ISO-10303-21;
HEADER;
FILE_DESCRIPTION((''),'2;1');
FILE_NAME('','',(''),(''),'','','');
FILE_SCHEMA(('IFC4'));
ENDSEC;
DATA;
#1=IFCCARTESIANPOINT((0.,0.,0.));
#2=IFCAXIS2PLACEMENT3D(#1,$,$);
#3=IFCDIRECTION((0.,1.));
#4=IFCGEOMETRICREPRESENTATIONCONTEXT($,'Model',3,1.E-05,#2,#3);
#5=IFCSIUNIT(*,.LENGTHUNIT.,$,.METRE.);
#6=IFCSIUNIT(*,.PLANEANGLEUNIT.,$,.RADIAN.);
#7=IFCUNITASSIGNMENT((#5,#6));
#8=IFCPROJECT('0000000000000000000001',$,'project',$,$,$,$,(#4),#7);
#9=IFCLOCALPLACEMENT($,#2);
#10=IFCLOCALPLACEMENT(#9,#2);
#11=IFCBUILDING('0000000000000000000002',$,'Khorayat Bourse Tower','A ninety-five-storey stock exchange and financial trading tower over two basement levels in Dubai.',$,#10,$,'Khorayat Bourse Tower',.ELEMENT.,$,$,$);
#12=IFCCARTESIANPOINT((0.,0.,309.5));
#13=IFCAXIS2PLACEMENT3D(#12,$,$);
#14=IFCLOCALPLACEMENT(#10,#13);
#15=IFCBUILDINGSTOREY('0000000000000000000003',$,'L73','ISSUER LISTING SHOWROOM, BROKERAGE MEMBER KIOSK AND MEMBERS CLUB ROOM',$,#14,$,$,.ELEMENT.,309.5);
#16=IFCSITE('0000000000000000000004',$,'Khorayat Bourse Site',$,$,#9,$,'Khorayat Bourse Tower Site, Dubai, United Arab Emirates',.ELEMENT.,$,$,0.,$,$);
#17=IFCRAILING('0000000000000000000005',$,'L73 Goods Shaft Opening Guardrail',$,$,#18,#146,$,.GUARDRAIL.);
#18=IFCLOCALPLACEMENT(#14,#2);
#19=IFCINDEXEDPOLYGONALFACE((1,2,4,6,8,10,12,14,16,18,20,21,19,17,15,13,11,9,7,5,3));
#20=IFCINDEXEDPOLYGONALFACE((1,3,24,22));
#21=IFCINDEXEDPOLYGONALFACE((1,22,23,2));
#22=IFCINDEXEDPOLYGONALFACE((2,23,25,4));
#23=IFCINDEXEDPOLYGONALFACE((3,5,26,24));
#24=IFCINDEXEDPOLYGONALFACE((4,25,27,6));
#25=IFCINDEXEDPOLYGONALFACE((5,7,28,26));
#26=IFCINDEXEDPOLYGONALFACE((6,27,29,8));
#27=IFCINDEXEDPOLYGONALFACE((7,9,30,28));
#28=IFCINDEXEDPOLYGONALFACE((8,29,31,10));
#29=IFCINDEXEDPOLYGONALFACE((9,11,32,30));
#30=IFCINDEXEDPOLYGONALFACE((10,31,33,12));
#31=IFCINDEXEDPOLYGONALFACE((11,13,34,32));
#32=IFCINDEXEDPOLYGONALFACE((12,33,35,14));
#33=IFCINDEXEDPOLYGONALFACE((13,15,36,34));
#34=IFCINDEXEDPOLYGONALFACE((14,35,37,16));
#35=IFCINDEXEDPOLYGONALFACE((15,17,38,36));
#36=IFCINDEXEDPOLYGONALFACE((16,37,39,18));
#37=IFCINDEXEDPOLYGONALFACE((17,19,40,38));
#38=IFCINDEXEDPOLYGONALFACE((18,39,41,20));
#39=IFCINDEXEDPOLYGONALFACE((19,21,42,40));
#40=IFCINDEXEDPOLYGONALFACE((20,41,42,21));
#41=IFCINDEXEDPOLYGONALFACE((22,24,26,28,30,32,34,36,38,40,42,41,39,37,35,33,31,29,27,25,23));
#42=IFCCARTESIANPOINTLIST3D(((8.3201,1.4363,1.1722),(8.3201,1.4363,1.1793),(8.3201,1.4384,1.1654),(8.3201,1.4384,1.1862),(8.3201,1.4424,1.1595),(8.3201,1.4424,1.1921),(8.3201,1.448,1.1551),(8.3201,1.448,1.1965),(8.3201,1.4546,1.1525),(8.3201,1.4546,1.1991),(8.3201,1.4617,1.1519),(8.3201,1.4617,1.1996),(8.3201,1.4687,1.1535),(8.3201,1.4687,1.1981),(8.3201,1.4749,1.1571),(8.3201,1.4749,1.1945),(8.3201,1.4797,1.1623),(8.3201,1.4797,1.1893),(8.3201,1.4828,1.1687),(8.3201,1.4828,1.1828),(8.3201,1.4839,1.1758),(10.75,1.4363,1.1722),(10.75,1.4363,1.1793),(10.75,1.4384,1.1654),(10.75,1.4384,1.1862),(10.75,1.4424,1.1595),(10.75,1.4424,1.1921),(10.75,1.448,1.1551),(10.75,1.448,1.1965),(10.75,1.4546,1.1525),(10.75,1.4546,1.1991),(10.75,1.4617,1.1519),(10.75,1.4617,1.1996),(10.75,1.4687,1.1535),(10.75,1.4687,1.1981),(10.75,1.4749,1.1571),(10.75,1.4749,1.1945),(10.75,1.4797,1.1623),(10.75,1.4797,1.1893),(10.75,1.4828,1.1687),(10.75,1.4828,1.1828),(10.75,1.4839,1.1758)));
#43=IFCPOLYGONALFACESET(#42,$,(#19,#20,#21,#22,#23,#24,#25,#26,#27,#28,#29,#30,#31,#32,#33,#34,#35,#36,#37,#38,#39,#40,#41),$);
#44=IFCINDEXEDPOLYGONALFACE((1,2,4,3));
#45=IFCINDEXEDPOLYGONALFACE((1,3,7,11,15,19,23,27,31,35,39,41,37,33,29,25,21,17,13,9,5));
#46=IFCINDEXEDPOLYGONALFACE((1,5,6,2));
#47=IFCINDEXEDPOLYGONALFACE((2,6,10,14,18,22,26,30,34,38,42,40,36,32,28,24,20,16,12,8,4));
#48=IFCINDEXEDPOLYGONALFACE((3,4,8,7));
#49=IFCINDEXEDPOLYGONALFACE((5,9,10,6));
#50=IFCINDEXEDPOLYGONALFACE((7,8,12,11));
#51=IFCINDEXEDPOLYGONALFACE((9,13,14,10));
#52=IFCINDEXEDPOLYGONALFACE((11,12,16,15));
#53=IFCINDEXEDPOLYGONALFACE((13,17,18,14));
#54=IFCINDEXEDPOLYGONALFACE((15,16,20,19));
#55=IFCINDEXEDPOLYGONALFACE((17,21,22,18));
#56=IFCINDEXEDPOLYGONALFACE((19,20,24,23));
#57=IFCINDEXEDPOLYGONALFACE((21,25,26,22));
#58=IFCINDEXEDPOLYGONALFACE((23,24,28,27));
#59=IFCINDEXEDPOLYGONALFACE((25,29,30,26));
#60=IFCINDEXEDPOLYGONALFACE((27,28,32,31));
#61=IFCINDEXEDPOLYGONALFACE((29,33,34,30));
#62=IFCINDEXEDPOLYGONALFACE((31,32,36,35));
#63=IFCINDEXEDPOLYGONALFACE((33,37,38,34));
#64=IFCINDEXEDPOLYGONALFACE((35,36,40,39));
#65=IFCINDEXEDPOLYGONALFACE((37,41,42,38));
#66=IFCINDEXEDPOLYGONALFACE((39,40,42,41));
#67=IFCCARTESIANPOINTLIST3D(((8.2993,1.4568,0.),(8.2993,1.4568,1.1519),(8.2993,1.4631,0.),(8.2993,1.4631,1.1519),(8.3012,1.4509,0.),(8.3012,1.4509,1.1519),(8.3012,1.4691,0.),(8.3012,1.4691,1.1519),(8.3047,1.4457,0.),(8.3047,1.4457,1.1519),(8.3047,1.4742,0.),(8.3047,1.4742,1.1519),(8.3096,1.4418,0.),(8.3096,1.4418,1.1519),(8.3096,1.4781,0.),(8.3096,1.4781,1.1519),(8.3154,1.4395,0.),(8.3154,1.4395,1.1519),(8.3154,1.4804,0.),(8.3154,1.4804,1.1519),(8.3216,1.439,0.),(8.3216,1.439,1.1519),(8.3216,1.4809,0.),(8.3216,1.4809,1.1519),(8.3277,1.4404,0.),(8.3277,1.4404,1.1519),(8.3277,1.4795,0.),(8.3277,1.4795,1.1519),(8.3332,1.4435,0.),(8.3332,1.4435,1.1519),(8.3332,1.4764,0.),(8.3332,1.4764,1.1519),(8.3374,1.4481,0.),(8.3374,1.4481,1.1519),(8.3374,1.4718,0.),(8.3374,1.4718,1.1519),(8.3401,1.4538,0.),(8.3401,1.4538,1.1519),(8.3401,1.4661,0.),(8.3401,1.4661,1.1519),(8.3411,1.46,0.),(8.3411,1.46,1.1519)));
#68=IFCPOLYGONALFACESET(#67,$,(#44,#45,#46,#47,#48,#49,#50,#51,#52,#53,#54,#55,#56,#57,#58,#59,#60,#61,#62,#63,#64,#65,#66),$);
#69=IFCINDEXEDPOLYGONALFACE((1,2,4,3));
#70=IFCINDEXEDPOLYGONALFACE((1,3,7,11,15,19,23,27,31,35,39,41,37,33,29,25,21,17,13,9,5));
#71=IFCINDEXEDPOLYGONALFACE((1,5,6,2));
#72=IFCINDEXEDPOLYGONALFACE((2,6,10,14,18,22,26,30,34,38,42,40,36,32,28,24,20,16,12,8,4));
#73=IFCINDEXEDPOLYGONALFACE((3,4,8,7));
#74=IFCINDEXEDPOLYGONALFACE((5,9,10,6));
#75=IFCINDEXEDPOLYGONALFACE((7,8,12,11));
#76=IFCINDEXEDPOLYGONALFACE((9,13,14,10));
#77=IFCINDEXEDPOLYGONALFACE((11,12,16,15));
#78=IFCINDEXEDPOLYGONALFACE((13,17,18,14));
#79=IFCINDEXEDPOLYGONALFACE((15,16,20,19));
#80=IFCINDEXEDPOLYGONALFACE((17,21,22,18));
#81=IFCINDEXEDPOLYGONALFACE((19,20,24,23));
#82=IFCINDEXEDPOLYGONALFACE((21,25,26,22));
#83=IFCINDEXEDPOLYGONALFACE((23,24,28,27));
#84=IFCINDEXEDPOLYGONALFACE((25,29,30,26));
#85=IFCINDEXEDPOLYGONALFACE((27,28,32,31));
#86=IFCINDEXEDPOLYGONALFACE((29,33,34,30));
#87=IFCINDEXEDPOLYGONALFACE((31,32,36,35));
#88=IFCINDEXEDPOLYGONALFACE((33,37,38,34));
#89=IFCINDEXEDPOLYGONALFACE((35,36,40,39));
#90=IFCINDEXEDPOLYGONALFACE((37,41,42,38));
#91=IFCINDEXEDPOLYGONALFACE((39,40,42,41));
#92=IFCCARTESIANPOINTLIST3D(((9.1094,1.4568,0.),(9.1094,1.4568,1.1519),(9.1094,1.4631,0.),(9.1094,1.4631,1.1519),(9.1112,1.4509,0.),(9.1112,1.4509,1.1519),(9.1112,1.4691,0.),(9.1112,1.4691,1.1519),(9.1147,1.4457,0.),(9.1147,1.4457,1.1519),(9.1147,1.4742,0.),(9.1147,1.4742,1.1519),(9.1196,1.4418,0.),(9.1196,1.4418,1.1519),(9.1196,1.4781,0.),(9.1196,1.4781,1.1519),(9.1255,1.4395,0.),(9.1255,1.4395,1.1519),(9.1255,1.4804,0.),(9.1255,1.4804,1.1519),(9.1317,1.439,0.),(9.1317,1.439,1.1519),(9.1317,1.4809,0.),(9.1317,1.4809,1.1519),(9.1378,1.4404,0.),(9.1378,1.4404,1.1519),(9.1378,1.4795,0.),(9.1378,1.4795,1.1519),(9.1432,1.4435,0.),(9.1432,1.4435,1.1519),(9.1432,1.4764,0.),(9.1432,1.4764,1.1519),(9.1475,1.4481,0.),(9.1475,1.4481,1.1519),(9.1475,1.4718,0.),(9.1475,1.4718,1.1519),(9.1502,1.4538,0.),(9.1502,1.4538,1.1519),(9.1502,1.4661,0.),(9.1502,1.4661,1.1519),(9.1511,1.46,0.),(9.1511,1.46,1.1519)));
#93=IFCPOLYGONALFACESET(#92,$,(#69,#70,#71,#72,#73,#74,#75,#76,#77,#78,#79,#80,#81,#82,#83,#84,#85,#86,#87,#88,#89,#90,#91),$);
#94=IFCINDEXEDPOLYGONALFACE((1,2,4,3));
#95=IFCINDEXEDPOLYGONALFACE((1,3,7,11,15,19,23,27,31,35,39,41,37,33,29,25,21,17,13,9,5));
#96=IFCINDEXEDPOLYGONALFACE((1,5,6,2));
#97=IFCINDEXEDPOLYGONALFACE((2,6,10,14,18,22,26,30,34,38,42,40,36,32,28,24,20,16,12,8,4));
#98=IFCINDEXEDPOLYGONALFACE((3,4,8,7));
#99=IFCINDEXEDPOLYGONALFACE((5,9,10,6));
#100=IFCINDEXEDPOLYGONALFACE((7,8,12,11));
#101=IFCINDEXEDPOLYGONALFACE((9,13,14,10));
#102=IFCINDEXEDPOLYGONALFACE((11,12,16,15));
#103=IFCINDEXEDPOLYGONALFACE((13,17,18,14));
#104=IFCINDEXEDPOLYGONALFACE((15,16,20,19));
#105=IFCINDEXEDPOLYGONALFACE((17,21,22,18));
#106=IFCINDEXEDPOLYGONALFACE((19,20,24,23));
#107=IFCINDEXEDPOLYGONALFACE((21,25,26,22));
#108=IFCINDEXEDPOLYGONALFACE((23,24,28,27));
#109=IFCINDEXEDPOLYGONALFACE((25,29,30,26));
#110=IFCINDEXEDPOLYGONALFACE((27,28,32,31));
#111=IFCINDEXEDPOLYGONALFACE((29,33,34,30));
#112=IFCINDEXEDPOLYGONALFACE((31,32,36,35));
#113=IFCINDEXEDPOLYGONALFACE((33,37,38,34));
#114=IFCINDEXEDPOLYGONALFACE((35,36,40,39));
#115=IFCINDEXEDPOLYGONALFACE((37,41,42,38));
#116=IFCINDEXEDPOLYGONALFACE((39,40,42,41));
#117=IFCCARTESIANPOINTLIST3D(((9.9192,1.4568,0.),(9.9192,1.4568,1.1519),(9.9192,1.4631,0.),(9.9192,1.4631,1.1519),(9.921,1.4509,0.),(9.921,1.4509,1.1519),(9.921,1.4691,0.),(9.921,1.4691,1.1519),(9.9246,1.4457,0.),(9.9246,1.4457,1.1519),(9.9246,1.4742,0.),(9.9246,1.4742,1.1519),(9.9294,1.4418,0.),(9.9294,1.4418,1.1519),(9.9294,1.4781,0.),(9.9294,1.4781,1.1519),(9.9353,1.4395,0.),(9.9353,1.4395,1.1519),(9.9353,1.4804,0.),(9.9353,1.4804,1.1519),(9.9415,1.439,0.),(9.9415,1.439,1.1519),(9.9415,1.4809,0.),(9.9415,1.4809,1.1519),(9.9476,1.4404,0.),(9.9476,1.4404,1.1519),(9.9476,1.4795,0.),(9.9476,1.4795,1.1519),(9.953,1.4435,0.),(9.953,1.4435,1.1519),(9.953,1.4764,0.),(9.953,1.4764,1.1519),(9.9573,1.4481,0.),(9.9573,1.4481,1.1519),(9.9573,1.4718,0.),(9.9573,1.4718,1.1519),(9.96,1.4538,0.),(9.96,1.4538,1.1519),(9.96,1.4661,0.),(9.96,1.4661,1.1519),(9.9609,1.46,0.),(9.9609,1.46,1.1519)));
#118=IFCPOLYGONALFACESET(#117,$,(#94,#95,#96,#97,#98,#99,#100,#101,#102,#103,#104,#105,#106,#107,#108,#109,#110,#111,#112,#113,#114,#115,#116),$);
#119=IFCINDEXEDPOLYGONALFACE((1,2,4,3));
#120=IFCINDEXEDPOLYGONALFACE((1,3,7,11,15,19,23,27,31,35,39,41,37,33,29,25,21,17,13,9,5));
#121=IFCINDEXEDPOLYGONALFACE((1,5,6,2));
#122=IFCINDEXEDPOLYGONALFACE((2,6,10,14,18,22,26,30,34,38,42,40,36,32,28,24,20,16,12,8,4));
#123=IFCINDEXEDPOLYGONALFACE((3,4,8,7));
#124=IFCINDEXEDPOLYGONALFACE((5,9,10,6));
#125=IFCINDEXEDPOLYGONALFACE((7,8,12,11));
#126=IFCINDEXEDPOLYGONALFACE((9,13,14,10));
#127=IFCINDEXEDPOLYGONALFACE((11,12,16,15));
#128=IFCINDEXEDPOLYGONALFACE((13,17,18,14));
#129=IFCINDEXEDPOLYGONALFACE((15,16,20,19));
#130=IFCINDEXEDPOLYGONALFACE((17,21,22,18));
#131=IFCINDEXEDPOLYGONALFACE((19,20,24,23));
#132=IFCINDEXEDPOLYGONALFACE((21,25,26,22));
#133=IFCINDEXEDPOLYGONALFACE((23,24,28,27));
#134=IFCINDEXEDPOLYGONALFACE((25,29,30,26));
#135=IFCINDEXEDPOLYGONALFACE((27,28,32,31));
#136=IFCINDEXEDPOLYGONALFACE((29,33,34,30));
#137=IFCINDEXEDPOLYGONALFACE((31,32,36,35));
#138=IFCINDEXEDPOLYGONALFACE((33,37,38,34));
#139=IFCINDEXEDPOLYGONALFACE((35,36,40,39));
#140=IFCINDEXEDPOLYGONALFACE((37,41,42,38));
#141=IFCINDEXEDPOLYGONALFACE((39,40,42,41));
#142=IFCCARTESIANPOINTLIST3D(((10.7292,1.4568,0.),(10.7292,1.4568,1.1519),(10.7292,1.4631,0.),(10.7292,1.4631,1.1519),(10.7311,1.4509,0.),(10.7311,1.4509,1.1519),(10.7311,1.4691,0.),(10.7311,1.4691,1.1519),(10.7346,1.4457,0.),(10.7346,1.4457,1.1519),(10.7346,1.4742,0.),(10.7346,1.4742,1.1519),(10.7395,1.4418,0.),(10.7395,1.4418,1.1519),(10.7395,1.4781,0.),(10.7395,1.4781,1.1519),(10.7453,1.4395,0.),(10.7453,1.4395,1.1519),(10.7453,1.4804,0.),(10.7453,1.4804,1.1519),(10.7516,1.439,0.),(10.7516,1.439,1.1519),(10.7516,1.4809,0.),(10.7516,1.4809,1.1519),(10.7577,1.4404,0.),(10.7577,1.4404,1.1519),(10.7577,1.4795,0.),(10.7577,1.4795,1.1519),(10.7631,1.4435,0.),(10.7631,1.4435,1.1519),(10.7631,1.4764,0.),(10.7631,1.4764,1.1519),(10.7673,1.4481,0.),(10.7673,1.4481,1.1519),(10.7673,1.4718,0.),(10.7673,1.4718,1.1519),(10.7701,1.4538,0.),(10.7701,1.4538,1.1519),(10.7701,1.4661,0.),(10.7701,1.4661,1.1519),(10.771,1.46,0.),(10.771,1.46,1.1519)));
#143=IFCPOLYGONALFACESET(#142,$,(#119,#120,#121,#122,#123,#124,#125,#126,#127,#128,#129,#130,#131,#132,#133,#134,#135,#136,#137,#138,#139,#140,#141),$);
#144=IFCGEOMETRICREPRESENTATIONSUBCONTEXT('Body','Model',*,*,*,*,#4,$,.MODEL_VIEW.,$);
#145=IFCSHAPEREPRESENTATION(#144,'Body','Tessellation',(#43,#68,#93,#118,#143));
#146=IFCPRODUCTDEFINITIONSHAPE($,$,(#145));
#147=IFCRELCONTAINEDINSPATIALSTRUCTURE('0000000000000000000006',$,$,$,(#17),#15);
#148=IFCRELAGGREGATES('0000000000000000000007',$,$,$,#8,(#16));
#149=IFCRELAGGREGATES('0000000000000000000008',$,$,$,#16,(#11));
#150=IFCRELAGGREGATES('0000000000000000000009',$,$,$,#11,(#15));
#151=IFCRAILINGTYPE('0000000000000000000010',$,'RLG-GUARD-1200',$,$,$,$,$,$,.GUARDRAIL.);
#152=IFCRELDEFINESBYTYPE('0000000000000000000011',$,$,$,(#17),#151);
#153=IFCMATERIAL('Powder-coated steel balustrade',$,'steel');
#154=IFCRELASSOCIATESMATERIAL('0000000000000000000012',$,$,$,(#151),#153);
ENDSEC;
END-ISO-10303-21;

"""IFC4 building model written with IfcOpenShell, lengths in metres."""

from ifc_helpers import new_model, si_unit, direction, frame, origin, origin_2d, place, context, subcontext, project, spatial, circle, extrude, source, transform, mapped, material, type_object, element, save


model = new_model("IFC4")

# Units and contexts
model_context = context("Model", 3, precision=1e-05, world=origin(), true_north=direction((0.0, 1.0)))
body_context = subcontext(model_context, "Body", "Model", "MODEL_VIEW")
ifc_project = project(units=[si_unit("LENGTHUNIT", "METRE"), si_unit("PLANEANGLEUNIT", "RADIAN")], contexts=[model_context])

# Site, building, storey
site_placement = place(None, origin())
site = spatial("IfcSite", under=ifc_project, at=site_placement, Name="Khorayat Bourse Site", LongName="Khorayat Bourse Tower Site, Dubai, United Arab Emirates", CompositionType="ELEMENT", RefElevation=0.0)
building_placement = place(site_placement, origin())
building = spatial("IfcBuilding", under=site, at=building_placement, Name="Khorayat Bourse Tower", Description="A ninety-five-storey stock exchange and financial trading tower over two basement levels in Dubai.", LongName="Khorayat Bourse Tower", CompositionType="ELEMENT")
storey_placement = place(building_placement, frame((0.0, 0.0, 309.5)))
storey = spatial("IfcBuildingStorey", under=building, at=storey_placement, Name="L73", Description="ISSUER LISTING SHOWROOM, BROKERAGE MEMBER KIOSK AND MEMBERS CLUB ROOM", CompositionType="ELEMENT", Elevation=309.5)

# Railing
ifc_material_1 = material(Name="Powder-coated steel balustrade", Category="steel")
railing_type = type_object("IfcRailingType", Name="RLG-GUARD-1200", PredefinedType="GUARDRAIL", material=ifc_material_1)
shared_shape_1 = source(origin(), body_context, "Body", "SweptSolid", [
    extrude(circle(Radius=0.0239, at=origin_2d()), frame((0.0, 0.0, 1.1758), z_axis=(1.0, 0.0, 0.0), x_axis=(0.0, 1.0, 0.0)), (0.0, 0.0, 1.0), 2.4299),
    extrude(circle(Radius=0.021, at=origin_2d()), origin(), (0.0, 0.0, 1.0), 1.1519),
    extrude(circle(Radius=0.021, at=origin_2d()), frame((0.8101, 0.0, 0.0)), (0.0, 0.0, 1.0), 1.1519),
    extrude(circle(Radius=0.021, at=origin_2d()), frame((1.6199, 0.0, 0.0)), (0.0, 0.0, 1.0), 1.1519),
    extrude(circle(Radius=0.021, at=origin_2d()), frame((2.4299, 0.0, 0.0)), (0.0, 0.0, 1.0), 1.1519),
])
railing_placement = place(storey_placement, frame((8.3201, 1.46, 0.0)))
element("IfcRailing", 1, at=railing_placement, inside=storey, type_object=railing_type, Name="L73 Goods Shaft Opening Guardrail", PredefinedType="GUARDRAIL", context=body_context, shape_type="MappedRepresentation", body=[
    mapped(shared_shape_1, transform((0.0, 0.0, 0.0), scale=1.0)),
])

save(model, "model.ifc")
